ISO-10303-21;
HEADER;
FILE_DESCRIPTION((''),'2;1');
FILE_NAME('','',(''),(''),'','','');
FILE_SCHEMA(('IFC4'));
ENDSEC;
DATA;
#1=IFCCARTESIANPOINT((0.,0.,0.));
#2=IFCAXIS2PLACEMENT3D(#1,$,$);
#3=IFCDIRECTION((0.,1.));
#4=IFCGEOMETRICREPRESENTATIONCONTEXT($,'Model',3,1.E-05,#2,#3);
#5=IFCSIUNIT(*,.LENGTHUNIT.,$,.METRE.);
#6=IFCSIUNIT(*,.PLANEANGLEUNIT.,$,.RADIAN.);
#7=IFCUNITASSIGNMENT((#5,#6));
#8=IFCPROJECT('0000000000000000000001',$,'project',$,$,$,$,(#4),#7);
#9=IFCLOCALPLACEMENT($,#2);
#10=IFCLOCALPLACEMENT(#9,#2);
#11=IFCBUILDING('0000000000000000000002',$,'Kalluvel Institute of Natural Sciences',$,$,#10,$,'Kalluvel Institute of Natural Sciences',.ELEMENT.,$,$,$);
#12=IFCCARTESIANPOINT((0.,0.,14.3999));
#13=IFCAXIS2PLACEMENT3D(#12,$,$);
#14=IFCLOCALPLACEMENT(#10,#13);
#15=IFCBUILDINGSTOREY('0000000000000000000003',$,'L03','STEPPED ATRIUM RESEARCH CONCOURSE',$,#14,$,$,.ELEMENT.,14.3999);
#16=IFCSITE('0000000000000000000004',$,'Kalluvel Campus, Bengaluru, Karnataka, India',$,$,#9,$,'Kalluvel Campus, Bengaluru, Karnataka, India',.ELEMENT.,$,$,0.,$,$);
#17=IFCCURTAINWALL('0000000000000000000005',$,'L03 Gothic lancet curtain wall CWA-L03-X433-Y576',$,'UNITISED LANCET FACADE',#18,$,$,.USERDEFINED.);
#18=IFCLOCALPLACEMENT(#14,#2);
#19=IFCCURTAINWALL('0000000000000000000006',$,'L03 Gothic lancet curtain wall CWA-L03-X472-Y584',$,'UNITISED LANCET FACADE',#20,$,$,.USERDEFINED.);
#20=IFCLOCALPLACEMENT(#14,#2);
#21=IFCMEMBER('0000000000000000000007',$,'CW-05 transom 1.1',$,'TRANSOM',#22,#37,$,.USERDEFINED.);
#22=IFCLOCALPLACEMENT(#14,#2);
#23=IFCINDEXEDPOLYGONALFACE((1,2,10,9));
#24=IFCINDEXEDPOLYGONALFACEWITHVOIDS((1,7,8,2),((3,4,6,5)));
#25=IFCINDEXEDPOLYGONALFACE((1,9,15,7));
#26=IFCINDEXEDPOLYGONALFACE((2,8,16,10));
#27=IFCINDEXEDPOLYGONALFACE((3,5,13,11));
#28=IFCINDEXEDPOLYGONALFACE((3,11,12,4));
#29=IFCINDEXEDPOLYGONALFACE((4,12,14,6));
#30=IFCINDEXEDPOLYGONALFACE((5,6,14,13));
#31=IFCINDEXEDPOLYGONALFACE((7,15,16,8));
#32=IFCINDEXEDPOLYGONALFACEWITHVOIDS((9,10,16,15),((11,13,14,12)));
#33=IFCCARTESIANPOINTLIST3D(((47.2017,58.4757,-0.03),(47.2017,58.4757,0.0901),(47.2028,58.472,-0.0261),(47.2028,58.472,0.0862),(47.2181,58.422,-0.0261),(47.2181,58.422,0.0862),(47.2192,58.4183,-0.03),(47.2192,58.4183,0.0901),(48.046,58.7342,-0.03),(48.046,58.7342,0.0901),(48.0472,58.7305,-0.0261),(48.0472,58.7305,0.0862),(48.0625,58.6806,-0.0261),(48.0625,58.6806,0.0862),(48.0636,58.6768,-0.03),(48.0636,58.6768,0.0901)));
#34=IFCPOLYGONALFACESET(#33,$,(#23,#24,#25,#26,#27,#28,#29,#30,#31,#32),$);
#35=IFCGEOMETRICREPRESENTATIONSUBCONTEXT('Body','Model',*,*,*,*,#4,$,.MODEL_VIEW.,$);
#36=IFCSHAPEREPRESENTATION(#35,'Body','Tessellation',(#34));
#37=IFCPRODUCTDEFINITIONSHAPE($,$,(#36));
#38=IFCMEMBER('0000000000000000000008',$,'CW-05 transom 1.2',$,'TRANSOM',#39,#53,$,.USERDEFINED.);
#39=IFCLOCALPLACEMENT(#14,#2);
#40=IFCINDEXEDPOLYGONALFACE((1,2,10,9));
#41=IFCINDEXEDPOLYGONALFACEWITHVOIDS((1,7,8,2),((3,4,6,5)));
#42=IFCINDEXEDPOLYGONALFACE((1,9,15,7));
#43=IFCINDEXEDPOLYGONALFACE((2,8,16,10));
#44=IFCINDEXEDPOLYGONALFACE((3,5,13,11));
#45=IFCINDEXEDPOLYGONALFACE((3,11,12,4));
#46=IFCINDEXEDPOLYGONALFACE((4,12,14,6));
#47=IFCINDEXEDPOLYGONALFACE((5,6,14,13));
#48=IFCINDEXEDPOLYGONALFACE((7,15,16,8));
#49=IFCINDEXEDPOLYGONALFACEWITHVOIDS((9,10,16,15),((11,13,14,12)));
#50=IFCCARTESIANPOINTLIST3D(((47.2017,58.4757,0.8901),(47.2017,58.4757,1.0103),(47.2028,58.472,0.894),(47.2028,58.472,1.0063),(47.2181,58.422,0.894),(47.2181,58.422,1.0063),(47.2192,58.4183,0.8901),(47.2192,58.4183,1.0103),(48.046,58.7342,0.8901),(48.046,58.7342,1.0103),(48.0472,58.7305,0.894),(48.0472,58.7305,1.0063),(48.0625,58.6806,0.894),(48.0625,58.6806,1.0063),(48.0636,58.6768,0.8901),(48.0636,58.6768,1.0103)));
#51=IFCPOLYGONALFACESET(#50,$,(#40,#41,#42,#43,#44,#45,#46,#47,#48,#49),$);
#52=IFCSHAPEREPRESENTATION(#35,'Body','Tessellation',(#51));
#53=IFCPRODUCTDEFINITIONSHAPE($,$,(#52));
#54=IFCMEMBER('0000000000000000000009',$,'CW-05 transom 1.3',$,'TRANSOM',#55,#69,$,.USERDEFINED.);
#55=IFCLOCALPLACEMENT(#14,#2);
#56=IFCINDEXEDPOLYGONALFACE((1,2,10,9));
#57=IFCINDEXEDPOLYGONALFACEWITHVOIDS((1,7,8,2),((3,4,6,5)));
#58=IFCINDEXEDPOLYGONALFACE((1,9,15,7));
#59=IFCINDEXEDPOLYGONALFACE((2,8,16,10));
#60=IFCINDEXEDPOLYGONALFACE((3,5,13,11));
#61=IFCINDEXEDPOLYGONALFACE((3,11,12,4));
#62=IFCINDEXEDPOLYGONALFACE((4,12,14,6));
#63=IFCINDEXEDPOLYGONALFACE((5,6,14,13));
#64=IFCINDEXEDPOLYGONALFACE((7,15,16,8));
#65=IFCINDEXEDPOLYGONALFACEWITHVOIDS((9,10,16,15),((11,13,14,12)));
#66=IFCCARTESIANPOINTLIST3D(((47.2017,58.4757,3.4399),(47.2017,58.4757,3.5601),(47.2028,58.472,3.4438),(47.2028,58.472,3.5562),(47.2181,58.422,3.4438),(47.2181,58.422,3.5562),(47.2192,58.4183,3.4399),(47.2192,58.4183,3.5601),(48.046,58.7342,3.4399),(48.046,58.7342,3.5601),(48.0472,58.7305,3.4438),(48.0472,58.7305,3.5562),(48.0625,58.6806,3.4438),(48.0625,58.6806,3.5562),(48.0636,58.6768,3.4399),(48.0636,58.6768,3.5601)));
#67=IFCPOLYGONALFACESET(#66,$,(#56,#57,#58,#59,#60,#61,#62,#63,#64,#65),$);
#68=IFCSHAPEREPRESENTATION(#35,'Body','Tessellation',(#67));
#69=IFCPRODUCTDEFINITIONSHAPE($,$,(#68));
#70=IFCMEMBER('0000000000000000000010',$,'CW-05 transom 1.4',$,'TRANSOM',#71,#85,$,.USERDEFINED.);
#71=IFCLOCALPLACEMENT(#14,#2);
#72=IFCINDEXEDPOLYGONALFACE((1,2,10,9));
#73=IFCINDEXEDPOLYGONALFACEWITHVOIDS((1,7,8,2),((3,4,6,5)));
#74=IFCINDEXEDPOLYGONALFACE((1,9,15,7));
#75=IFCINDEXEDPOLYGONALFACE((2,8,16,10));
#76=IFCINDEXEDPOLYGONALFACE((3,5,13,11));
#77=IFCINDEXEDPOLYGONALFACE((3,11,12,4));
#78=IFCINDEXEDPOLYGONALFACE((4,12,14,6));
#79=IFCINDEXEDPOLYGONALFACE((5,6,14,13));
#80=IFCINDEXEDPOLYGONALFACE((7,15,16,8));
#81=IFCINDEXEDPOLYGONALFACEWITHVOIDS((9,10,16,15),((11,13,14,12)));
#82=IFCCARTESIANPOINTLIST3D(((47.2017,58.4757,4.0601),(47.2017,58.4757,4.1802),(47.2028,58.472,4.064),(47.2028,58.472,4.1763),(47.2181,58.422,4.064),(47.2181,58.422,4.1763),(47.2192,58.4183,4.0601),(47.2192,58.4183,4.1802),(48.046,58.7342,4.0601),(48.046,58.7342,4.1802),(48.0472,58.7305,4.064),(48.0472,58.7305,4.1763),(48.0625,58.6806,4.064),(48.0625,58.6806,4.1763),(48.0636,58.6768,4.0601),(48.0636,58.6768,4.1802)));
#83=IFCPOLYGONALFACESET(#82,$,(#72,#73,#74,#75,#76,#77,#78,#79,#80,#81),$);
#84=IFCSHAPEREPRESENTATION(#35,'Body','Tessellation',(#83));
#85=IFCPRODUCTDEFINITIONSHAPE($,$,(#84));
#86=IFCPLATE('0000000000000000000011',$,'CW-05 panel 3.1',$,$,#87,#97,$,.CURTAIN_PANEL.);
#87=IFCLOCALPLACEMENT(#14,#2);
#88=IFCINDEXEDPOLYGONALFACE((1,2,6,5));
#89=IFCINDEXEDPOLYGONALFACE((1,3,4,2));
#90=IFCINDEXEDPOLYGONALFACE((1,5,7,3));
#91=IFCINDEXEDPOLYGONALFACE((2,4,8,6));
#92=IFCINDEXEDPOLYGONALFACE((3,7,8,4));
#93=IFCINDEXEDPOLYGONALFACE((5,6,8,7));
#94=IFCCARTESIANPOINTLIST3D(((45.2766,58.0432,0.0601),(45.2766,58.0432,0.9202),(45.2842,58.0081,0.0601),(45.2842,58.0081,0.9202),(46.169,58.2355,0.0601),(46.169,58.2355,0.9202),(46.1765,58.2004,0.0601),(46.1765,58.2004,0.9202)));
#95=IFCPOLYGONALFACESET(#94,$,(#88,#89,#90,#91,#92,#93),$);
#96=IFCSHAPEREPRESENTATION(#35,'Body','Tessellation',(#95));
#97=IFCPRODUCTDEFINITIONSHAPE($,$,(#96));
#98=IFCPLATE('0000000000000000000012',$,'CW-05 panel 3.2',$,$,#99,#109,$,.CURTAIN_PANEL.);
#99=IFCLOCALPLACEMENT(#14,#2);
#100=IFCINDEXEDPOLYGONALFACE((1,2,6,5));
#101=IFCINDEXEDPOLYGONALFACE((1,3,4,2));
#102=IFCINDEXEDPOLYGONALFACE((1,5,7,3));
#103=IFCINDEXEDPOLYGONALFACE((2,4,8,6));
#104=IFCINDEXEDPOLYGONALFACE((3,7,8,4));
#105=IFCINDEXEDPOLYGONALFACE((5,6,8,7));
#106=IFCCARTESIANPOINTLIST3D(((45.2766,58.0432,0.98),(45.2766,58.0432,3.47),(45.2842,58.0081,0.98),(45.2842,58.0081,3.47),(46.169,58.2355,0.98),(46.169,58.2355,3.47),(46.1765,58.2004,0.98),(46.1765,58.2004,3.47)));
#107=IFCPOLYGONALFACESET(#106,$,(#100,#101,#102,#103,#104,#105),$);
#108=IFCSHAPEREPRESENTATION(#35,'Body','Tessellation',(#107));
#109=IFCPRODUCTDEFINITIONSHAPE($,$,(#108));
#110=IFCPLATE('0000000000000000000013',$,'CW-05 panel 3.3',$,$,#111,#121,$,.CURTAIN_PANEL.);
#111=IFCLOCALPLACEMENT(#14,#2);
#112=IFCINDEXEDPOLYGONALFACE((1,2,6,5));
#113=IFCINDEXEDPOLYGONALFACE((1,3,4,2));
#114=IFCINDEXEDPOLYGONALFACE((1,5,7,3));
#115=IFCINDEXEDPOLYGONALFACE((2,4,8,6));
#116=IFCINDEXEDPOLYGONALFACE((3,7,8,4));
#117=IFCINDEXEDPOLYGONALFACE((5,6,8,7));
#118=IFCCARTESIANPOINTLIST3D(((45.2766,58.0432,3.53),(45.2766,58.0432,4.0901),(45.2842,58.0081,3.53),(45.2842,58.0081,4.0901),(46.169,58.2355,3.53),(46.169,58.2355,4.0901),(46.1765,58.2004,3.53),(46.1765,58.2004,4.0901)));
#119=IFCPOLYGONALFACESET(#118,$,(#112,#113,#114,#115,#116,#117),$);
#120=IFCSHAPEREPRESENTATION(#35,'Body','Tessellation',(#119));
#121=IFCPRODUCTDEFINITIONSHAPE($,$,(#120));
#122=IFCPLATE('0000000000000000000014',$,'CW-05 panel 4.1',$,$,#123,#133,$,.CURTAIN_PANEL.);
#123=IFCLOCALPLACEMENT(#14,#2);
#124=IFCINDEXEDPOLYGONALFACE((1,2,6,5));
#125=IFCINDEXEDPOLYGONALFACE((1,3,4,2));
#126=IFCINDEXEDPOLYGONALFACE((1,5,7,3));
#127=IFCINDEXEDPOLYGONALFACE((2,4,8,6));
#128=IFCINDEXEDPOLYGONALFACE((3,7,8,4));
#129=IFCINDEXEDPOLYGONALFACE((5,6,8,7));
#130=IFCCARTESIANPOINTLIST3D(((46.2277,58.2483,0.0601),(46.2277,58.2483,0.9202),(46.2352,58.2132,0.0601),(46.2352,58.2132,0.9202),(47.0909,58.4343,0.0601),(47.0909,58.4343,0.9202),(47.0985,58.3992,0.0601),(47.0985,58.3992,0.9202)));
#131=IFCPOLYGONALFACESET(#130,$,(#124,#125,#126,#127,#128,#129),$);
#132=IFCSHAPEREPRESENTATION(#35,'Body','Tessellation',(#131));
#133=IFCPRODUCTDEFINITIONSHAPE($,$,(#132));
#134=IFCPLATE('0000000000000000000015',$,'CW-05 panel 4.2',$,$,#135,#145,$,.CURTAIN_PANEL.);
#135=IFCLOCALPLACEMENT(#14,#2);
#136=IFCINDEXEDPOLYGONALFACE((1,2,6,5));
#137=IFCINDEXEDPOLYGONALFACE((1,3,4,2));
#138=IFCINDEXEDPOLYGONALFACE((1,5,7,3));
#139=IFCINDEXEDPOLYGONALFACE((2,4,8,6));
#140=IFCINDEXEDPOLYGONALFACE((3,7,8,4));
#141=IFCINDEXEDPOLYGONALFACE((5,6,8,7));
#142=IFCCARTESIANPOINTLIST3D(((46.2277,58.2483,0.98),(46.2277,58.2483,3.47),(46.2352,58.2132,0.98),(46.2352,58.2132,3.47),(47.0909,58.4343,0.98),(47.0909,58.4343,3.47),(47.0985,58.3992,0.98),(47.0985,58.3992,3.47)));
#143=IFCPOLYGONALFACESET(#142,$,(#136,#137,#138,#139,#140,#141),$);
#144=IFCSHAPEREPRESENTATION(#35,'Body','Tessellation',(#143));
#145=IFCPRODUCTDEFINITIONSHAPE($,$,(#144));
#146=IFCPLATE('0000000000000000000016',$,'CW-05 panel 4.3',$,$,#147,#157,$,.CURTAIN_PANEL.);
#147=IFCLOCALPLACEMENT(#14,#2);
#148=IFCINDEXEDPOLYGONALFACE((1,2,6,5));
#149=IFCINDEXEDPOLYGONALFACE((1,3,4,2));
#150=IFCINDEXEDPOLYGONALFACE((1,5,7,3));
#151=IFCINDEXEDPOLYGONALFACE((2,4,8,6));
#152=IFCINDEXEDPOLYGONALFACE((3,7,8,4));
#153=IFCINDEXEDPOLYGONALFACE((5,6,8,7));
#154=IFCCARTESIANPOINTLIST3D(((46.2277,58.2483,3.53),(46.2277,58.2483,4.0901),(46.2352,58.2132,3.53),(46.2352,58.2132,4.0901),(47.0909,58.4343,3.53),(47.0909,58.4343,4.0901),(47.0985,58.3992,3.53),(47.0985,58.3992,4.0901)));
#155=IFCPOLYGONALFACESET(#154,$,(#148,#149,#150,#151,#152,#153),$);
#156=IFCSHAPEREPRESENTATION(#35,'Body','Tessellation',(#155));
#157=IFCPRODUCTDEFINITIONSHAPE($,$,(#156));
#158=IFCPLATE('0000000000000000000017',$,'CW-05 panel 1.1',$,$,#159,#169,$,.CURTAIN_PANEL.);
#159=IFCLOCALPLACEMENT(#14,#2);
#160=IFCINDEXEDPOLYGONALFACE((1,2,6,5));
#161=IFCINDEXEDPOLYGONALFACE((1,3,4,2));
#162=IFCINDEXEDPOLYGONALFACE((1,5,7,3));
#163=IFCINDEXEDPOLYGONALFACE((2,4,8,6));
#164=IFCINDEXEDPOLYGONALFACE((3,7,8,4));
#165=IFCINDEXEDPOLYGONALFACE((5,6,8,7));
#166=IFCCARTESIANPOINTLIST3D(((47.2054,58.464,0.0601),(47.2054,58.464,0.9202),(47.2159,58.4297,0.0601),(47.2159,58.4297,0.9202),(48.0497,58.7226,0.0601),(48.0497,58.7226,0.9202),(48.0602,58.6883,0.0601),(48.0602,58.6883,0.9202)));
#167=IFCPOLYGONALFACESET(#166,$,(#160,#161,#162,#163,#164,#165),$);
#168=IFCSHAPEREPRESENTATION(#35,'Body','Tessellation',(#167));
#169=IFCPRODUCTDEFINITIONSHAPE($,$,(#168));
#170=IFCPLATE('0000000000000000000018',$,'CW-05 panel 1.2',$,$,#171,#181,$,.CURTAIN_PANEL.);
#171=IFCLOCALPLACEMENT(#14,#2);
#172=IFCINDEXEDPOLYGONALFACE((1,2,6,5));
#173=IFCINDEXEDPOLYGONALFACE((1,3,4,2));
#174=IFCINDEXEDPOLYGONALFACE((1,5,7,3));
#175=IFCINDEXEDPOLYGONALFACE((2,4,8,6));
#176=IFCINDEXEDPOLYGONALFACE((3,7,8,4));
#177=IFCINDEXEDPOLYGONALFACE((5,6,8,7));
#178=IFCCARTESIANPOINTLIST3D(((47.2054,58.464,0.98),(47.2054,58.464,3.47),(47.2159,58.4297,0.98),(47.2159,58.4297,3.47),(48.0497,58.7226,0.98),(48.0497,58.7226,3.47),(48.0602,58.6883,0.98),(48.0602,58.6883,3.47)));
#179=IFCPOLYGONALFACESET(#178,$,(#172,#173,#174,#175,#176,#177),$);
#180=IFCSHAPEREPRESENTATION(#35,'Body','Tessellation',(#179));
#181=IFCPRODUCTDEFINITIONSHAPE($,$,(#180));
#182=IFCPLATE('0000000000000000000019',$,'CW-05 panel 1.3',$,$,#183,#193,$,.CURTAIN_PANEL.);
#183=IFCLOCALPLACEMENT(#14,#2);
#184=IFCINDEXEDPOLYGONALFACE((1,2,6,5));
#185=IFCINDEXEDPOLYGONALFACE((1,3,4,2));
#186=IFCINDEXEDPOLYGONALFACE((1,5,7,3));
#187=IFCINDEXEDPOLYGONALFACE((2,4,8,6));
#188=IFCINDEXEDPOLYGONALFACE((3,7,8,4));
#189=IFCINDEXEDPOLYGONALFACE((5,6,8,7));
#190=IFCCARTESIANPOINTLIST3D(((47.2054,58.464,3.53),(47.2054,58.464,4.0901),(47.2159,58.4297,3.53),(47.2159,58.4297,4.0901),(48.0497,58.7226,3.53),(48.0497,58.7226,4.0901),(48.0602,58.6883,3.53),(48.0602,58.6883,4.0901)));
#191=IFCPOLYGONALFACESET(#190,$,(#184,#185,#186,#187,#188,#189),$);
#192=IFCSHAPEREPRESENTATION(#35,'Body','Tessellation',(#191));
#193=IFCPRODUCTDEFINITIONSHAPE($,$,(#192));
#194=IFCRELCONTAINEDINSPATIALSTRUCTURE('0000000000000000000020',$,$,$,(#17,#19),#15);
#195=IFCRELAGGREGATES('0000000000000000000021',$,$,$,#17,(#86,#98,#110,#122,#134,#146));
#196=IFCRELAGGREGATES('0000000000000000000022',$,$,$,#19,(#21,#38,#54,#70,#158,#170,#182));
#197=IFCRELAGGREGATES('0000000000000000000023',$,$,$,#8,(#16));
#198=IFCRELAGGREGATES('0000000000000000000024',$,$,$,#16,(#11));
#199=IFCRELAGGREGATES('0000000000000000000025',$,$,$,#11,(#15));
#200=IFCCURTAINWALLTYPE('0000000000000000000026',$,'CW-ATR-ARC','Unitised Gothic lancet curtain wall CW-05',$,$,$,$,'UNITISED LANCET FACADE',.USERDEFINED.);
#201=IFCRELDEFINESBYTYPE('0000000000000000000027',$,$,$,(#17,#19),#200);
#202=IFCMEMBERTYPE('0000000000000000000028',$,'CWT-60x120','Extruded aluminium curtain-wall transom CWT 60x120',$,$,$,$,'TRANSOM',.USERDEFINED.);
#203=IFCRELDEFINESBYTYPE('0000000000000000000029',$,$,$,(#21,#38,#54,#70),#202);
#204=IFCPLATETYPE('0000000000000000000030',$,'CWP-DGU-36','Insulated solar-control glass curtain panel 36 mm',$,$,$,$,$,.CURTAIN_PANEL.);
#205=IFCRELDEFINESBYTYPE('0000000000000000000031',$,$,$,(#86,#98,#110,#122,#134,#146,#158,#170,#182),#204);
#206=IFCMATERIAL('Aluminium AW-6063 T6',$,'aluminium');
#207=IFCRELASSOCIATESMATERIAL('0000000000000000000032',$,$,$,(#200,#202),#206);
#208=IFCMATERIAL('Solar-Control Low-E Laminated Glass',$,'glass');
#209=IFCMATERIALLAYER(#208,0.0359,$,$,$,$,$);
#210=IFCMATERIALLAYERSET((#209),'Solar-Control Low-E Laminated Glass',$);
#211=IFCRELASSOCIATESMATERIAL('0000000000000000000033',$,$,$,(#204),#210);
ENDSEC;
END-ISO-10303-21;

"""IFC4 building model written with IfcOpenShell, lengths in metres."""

from ifc_helpers import new_model, si_unit, direction, frame, origin, origin_2d, place, context, subcontext, project, spatial, rectangle, hollow_rectangle, extrude, material, layer, layer_set, material_profile, profile_set, type_object, element, aggregate, save


model = new_model("IFC4")

# Units and contexts
model_context = context("Model", 3, precision=1e-05, world=origin(), true_north=direction((0.0, 1.0)))
body_context = subcontext(model_context, "Body", "Model", "MODEL_VIEW")
ifc_project = project(units=[si_unit("LENGTHUNIT", "METRE"), si_unit("PLANEANGLEUNIT", "RADIAN")], contexts=[model_context])

# Site, building, storey
site_placement = place(None, origin())
site = spatial("IfcSite", under=ifc_project, at=site_placement, Name="Kalluvel Campus, Bengaluru, Karnataka, India", LongName="Kalluvel Campus, Bengaluru, Karnataka, India", CompositionType="ELEMENT", RefElevation=0.0)
building_placement = place(site_placement, origin())
building = spatial("IfcBuilding", under=site, at=building_placement, Name="Kalluvel Institute of Natural Sciences", LongName="Kalluvel Institute of Natural Sciences", CompositionType="ELEMENT")
storey_placement = place(building_placement, frame((0.0, 0.0, 14.3999)))
storey = spatial("IfcBuildingStorey", under=building, at=storey_placement, Name="L03", Description="STEPPED ATRIUM RESEARCH CONCOURSE", CompositionType="ELEMENT", Elevation=14.3999)

# Curtain walls
ifc_material_1 = material(Name="Aluminium AW-6063 T6", Category="aluminium")
curtain_wall_type = type_object("IfcCurtainWallType", Name="CW-ATR-ARC", Description="Unitised Gothic lancet curtain wall CW-05", ElementType="UNITISED LANCET FACADE", PredefinedType="USERDEFINED", material=ifc_material_1)
curtain_wall_1_placement = place(storey_placement, origin())
curtain_wall_1 = element("IfcCurtainWall", 1, at=curtain_wall_1_placement, inside=storey, type_object=curtain_wall_type, Name="L03 Gothic lancet curtain wall CWA-L03-X433-Y576", ObjectType="UNITISED LANCET FACADE", PredefinedType="USERDEFINED")
curtain_wall_2_placement = place(storey_placement, origin())
curtain_wall_2 = element("IfcCurtainWall", 2, at=curtain_wall_2_placement, inside=storey, type_object=curtain_wall_type, Name="L03 Gothic lancet curtain wall CWA-L03-X472-Y584", ObjectType="UNITISED LANCET FACADE", PredefinedType="USERDEFINED")

# Members
ifc_material_profile_1 = material_profile(ifc_material_1, hollow_rectangle(XDim=0.0601, YDim=0.1201, WallThickness=0.0039, at=origin_2d()), Name="CWT 60x120")
ifc_profile_set_1 = profile_set([ifc_material_profile_1], Name="Aluminium AW-6063 T6")
member_type_1 = type_object("IfcMemberType", Name="CWT-60x120", Description="Extruded aluminium curtain-wall transom CWT 60x120", ElementType="TRANSOM", PredefinedType="USERDEFINED", material=ifc_profile_set_1)
member_1_placement = place(storey_placement, frame((47.2104, 58.447, 0.03), z_axis=(0.95619, 0.292745, 0.0), x_axis=(-0.292745, 0.95619, 0.0)))
member_1 = element("IfcMember", 3, at=member_1_placement, type_object=member_type_1, Name="CW-05 transom 1.1", ObjectType="TRANSOM", PredefinedType="USERDEFINED", context=body_context, shape_type="SweptSolid", body=[
    extrude(hollow_rectangle(XDim=0.0601, YDim=0.1201, WallThickness=0.0039, at=origin_2d()), origin(), (0.0, 0.0, 1.0), 0.8831),
])
member_2_placement = place(storey_placement, frame((47.2104, 58.447, 0.9502), z_axis=(0.95619, 0.292745, 0.0), x_axis=(-0.292745, 0.95619, 0.0)))
member_2 = element("IfcMember", 4, at=member_2_placement, type_object=member_type_1, Name="CW-05 transom 1.2", ObjectType="TRANSOM", PredefinedType="USERDEFINED", context=body_context, shape_type="SweptSolid", body=[
    extrude(hollow_rectangle(XDim=0.0601, YDim=0.1201, WallThickness=0.0039, at=origin_2d()), origin(), (0.0, 0.0, 1.0), 0.8831),
])
member_3_placement = place(storey_placement, frame((47.2104, 58.447, 3.5), z_axis=(0.95619, 0.292745, 0.0), x_axis=(-0.292745, 0.95619, 0.0)))
member_3 = element("IfcMember", 5, at=member_3_placement, type_object=member_type_1, Name="CW-05 transom 1.3", ObjectType="TRANSOM", PredefinedType="USERDEFINED", context=body_context, shape_type="SweptSolid", body=[
    extrude(hollow_rectangle(XDim=0.0601, YDim=0.1201, WallThickness=0.0039, at=origin_2d()), origin(), (0.0, 0.0, 1.0), 0.8831),
])
member_4_placement = place(storey_placement, frame((47.2104, 58.447, 4.1201), z_axis=(0.95619, 0.292745, 0.0), x_axis=(-0.292745, 0.95619, 0.0)))
member_4 = element("IfcMember", 6, at=member_4_placement, type_object=member_type_1, Name="CW-05 transom 1.4", ObjectType="TRANSOM", PredefinedType="USERDEFINED", context=body_context, shape_type="SweptSolid", body=[
    extrude(hollow_rectangle(XDim=0.0601, YDim=0.1201, WallThickness=0.0039, at=origin_2d()), origin(), (0.0, 0.0, 1.0), 0.8831),
])

# Plates
ifc_material_2 = material(Name="Solar-Control Low-E Laminated Glass", Category="glass")
ifc_layer_1 = layer(ifc_material_2, 0.0359)
ifc_layer_set_1 = layer_set([ifc_layer_1], Name="Solar-Control Low-E Laminated Glass")
plate_type = type_object("IfcPlateType", Name="CWP-DGU-36", Description="Insulated solar-control glass curtain panel 36 mm", PredefinedType="CURTAIN_PANEL", material=ifc_layer_set_1)
plate_1_placement = place(storey_placement, frame((45.7266, 58.1218, 0.0601), z_axis=(0.0, 0.0, 1.0), x_axis=(0.977557, 0.210671, 0.0)))
plate_1 = element("IfcPlate", 7, at=plate_1_placement, type_object=plate_type, Name="CW-05 panel 3.1", PredefinedType="CURTAIN_PANEL", context=body_context, shape_type="SweptSolid", body=[
    extrude(rectangle(XDim=0.9128, YDim=0.0359, at=origin_2d()), origin(), (0.0, 0.0, 1.0), 0.8601),
])
plate_2_placement = place(storey_placement, frame((45.7266, 58.1218, 0.98), z_axis=(0.0, 0.0, 1.0), x_axis=(0.977557, 0.210671, 0.0)))
plate_2 = element("IfcPlate", 8, at=plate_2_placement, type_object=plate_type, Name="CW-05 panel 3.2", PredefinedType="CURTAIN_PANEL", context=body_context, shape_type="SweptSolid", body=[
    extrude(rectangle(XDim=0.9128, YDim=0.0359, at=origin_2d()), origin(), (0.0, 0.0, 1.0), 2.49),
])
plate_3_placement = place(storey_placement, frame((45.7266, 58.1218, 3.53), z_axis=(0.0, 0.0, 1.0), x_axis=(0.977557, 0.210671, 0.0)))
plate_3 = element("IfcPlate", 9, at=plate_3_placement, type_object=plate_type, Name="CW-05 panel 3.3", PredefinedType="CURTAIN_PANEL", context=body_context, shape_type="SweptSolid", body=[
    extrude(rectangle(XDim=0.9128, YDim=0.0359, at=origin_2d()), origin(), (0.0, 0.0, 1.0), 0.5601),
])
plate_4_placement = place(storey_placement, frame((46.6631, 58.3237, 0.0601), z_axis=(0.0, 0.0, 1.0), x_axis=(0.977557, 0.210671, 0.0)))
plate_4 = element("IfcPlate", 10, at=plate_4_placement, type_object=plate_type, Name="CW-05 panel 4.1", PredefinedType="CURTAIN_PANEL", context=body_context, shape_type="SweptSolid", body=[
    extrude(rectangle(XDim=0.8831, YDim=0.0359, at=origin_2d()), origin(), (0.0, 0.0, 1.0), 0.8601),
])
plate_5_placement = place(storey_placement, frame((46.6631, 58.3237, 0.98), z_axis=(0.0, 0.0, 1.0), x_axis=(0.977557, 0.210671, 0.0)))
plate_5 = element("IfcPlate", 11, at=plate_5_placement, type_object=plate_type, Name="CW-05 panel 4.2", PredefinedType="CURTAIN_PANEL", context=body_context, shape_type="SweptSolid", body=[
    extrude(rectangle(XDim=0.8831, YDim=0.0359, at=origin_2d()), origin(), (0.0, 0.0, 1.0), 2.49),
])
plate_6_placement = place(storey_placement, frame((46.6631, 58.3237, 3.53), z_axis=(0.0, 0.0, 1.0), x_axis=(0.977557, 0.210671, 0.0)))
plate_6 = element("IfcPlate", 12, at=plate_6_placement, type_object=plate_type, Name="CW-05 panel 4.3", PredefinedType="CURTAIN_PANEL", context=body_context, shape_type="SweptSolid", body=[
    extrude(rectangle(XDim=0.8831, YDim=0.0359, at=origin_2d()), origin(), (0.0, 0.0, 1.0), 0.5601),
])
aggregate(curtain_wall_1, [plate_1, plate_2, plate_3, plate_4, plate_5, plate_6])
plate_7_placement = place(storey_placement, frame((47.6328, 58.5762, 0.0601), z_axis=(0.0, 0.0, 1.0), x_axis=(0.956162, 0.292838, 0.0)))
plate_7 = element("IfcPlate", 13, at=plate_7_placement, type_object=plate_type, Name="CW-05 panel 1.1", PredefinedType="CURTAIN_PANEL", context=body_context, shape_type="SweptSolid", body=[
    extrude(rectangle(XDim=0.8831, YDim=0.0359, at=origin_2d()), origin(), (0.0, 0.0, 1.0), 0.8601),
])
plate_8_placement = place(storey_placement, frame((47.6328, 58.5762, 0.98), z_axis=(0.0, 0.0, 1.0), x_axis=(0.956162, 0.292838, 0.0)))
plate_8 = element("IfcPlate", 14, at=plate_8_placement, type_object=plate_type, Name="CW-05 panel 1.2", PredefinedType="CURTAIN_PANEL", context=body_context, shape_type="SweptSolid", body=[
    extrude(rectangle(XDim=0.8831, YDim=0.0359, at=origin_2d()), origin(), (0.0, 0.0, 1.0), 2.49),
])
plate_9_placement = place(storey_placement, frame((47.6328, 58.5762, 3.53), z_axis=(0.0, 0.0, 1.0), x_axis=(0.956162, 0.292838, 0.0)))
plate_9 = element("IfcPlate", 15, at=plate_9_placement, type_object=plate_type, Name="CW-05 panel 1.3", PredefinedType="CURTAIN_PANEL", context=body_context, shape_type="SweptSolid", body=[
    extrude(rectangle(XDim=0.8831, YDim=0.0359, at=origin_2d()), origin(), (0.0, 0.0, 1.0), 0.5601),
])
aggregate(curtain_wall_2, [member_1, member_2, member_3, member_4, plate_7, plate_8, plate_9])

save(model, "model.ifc")
